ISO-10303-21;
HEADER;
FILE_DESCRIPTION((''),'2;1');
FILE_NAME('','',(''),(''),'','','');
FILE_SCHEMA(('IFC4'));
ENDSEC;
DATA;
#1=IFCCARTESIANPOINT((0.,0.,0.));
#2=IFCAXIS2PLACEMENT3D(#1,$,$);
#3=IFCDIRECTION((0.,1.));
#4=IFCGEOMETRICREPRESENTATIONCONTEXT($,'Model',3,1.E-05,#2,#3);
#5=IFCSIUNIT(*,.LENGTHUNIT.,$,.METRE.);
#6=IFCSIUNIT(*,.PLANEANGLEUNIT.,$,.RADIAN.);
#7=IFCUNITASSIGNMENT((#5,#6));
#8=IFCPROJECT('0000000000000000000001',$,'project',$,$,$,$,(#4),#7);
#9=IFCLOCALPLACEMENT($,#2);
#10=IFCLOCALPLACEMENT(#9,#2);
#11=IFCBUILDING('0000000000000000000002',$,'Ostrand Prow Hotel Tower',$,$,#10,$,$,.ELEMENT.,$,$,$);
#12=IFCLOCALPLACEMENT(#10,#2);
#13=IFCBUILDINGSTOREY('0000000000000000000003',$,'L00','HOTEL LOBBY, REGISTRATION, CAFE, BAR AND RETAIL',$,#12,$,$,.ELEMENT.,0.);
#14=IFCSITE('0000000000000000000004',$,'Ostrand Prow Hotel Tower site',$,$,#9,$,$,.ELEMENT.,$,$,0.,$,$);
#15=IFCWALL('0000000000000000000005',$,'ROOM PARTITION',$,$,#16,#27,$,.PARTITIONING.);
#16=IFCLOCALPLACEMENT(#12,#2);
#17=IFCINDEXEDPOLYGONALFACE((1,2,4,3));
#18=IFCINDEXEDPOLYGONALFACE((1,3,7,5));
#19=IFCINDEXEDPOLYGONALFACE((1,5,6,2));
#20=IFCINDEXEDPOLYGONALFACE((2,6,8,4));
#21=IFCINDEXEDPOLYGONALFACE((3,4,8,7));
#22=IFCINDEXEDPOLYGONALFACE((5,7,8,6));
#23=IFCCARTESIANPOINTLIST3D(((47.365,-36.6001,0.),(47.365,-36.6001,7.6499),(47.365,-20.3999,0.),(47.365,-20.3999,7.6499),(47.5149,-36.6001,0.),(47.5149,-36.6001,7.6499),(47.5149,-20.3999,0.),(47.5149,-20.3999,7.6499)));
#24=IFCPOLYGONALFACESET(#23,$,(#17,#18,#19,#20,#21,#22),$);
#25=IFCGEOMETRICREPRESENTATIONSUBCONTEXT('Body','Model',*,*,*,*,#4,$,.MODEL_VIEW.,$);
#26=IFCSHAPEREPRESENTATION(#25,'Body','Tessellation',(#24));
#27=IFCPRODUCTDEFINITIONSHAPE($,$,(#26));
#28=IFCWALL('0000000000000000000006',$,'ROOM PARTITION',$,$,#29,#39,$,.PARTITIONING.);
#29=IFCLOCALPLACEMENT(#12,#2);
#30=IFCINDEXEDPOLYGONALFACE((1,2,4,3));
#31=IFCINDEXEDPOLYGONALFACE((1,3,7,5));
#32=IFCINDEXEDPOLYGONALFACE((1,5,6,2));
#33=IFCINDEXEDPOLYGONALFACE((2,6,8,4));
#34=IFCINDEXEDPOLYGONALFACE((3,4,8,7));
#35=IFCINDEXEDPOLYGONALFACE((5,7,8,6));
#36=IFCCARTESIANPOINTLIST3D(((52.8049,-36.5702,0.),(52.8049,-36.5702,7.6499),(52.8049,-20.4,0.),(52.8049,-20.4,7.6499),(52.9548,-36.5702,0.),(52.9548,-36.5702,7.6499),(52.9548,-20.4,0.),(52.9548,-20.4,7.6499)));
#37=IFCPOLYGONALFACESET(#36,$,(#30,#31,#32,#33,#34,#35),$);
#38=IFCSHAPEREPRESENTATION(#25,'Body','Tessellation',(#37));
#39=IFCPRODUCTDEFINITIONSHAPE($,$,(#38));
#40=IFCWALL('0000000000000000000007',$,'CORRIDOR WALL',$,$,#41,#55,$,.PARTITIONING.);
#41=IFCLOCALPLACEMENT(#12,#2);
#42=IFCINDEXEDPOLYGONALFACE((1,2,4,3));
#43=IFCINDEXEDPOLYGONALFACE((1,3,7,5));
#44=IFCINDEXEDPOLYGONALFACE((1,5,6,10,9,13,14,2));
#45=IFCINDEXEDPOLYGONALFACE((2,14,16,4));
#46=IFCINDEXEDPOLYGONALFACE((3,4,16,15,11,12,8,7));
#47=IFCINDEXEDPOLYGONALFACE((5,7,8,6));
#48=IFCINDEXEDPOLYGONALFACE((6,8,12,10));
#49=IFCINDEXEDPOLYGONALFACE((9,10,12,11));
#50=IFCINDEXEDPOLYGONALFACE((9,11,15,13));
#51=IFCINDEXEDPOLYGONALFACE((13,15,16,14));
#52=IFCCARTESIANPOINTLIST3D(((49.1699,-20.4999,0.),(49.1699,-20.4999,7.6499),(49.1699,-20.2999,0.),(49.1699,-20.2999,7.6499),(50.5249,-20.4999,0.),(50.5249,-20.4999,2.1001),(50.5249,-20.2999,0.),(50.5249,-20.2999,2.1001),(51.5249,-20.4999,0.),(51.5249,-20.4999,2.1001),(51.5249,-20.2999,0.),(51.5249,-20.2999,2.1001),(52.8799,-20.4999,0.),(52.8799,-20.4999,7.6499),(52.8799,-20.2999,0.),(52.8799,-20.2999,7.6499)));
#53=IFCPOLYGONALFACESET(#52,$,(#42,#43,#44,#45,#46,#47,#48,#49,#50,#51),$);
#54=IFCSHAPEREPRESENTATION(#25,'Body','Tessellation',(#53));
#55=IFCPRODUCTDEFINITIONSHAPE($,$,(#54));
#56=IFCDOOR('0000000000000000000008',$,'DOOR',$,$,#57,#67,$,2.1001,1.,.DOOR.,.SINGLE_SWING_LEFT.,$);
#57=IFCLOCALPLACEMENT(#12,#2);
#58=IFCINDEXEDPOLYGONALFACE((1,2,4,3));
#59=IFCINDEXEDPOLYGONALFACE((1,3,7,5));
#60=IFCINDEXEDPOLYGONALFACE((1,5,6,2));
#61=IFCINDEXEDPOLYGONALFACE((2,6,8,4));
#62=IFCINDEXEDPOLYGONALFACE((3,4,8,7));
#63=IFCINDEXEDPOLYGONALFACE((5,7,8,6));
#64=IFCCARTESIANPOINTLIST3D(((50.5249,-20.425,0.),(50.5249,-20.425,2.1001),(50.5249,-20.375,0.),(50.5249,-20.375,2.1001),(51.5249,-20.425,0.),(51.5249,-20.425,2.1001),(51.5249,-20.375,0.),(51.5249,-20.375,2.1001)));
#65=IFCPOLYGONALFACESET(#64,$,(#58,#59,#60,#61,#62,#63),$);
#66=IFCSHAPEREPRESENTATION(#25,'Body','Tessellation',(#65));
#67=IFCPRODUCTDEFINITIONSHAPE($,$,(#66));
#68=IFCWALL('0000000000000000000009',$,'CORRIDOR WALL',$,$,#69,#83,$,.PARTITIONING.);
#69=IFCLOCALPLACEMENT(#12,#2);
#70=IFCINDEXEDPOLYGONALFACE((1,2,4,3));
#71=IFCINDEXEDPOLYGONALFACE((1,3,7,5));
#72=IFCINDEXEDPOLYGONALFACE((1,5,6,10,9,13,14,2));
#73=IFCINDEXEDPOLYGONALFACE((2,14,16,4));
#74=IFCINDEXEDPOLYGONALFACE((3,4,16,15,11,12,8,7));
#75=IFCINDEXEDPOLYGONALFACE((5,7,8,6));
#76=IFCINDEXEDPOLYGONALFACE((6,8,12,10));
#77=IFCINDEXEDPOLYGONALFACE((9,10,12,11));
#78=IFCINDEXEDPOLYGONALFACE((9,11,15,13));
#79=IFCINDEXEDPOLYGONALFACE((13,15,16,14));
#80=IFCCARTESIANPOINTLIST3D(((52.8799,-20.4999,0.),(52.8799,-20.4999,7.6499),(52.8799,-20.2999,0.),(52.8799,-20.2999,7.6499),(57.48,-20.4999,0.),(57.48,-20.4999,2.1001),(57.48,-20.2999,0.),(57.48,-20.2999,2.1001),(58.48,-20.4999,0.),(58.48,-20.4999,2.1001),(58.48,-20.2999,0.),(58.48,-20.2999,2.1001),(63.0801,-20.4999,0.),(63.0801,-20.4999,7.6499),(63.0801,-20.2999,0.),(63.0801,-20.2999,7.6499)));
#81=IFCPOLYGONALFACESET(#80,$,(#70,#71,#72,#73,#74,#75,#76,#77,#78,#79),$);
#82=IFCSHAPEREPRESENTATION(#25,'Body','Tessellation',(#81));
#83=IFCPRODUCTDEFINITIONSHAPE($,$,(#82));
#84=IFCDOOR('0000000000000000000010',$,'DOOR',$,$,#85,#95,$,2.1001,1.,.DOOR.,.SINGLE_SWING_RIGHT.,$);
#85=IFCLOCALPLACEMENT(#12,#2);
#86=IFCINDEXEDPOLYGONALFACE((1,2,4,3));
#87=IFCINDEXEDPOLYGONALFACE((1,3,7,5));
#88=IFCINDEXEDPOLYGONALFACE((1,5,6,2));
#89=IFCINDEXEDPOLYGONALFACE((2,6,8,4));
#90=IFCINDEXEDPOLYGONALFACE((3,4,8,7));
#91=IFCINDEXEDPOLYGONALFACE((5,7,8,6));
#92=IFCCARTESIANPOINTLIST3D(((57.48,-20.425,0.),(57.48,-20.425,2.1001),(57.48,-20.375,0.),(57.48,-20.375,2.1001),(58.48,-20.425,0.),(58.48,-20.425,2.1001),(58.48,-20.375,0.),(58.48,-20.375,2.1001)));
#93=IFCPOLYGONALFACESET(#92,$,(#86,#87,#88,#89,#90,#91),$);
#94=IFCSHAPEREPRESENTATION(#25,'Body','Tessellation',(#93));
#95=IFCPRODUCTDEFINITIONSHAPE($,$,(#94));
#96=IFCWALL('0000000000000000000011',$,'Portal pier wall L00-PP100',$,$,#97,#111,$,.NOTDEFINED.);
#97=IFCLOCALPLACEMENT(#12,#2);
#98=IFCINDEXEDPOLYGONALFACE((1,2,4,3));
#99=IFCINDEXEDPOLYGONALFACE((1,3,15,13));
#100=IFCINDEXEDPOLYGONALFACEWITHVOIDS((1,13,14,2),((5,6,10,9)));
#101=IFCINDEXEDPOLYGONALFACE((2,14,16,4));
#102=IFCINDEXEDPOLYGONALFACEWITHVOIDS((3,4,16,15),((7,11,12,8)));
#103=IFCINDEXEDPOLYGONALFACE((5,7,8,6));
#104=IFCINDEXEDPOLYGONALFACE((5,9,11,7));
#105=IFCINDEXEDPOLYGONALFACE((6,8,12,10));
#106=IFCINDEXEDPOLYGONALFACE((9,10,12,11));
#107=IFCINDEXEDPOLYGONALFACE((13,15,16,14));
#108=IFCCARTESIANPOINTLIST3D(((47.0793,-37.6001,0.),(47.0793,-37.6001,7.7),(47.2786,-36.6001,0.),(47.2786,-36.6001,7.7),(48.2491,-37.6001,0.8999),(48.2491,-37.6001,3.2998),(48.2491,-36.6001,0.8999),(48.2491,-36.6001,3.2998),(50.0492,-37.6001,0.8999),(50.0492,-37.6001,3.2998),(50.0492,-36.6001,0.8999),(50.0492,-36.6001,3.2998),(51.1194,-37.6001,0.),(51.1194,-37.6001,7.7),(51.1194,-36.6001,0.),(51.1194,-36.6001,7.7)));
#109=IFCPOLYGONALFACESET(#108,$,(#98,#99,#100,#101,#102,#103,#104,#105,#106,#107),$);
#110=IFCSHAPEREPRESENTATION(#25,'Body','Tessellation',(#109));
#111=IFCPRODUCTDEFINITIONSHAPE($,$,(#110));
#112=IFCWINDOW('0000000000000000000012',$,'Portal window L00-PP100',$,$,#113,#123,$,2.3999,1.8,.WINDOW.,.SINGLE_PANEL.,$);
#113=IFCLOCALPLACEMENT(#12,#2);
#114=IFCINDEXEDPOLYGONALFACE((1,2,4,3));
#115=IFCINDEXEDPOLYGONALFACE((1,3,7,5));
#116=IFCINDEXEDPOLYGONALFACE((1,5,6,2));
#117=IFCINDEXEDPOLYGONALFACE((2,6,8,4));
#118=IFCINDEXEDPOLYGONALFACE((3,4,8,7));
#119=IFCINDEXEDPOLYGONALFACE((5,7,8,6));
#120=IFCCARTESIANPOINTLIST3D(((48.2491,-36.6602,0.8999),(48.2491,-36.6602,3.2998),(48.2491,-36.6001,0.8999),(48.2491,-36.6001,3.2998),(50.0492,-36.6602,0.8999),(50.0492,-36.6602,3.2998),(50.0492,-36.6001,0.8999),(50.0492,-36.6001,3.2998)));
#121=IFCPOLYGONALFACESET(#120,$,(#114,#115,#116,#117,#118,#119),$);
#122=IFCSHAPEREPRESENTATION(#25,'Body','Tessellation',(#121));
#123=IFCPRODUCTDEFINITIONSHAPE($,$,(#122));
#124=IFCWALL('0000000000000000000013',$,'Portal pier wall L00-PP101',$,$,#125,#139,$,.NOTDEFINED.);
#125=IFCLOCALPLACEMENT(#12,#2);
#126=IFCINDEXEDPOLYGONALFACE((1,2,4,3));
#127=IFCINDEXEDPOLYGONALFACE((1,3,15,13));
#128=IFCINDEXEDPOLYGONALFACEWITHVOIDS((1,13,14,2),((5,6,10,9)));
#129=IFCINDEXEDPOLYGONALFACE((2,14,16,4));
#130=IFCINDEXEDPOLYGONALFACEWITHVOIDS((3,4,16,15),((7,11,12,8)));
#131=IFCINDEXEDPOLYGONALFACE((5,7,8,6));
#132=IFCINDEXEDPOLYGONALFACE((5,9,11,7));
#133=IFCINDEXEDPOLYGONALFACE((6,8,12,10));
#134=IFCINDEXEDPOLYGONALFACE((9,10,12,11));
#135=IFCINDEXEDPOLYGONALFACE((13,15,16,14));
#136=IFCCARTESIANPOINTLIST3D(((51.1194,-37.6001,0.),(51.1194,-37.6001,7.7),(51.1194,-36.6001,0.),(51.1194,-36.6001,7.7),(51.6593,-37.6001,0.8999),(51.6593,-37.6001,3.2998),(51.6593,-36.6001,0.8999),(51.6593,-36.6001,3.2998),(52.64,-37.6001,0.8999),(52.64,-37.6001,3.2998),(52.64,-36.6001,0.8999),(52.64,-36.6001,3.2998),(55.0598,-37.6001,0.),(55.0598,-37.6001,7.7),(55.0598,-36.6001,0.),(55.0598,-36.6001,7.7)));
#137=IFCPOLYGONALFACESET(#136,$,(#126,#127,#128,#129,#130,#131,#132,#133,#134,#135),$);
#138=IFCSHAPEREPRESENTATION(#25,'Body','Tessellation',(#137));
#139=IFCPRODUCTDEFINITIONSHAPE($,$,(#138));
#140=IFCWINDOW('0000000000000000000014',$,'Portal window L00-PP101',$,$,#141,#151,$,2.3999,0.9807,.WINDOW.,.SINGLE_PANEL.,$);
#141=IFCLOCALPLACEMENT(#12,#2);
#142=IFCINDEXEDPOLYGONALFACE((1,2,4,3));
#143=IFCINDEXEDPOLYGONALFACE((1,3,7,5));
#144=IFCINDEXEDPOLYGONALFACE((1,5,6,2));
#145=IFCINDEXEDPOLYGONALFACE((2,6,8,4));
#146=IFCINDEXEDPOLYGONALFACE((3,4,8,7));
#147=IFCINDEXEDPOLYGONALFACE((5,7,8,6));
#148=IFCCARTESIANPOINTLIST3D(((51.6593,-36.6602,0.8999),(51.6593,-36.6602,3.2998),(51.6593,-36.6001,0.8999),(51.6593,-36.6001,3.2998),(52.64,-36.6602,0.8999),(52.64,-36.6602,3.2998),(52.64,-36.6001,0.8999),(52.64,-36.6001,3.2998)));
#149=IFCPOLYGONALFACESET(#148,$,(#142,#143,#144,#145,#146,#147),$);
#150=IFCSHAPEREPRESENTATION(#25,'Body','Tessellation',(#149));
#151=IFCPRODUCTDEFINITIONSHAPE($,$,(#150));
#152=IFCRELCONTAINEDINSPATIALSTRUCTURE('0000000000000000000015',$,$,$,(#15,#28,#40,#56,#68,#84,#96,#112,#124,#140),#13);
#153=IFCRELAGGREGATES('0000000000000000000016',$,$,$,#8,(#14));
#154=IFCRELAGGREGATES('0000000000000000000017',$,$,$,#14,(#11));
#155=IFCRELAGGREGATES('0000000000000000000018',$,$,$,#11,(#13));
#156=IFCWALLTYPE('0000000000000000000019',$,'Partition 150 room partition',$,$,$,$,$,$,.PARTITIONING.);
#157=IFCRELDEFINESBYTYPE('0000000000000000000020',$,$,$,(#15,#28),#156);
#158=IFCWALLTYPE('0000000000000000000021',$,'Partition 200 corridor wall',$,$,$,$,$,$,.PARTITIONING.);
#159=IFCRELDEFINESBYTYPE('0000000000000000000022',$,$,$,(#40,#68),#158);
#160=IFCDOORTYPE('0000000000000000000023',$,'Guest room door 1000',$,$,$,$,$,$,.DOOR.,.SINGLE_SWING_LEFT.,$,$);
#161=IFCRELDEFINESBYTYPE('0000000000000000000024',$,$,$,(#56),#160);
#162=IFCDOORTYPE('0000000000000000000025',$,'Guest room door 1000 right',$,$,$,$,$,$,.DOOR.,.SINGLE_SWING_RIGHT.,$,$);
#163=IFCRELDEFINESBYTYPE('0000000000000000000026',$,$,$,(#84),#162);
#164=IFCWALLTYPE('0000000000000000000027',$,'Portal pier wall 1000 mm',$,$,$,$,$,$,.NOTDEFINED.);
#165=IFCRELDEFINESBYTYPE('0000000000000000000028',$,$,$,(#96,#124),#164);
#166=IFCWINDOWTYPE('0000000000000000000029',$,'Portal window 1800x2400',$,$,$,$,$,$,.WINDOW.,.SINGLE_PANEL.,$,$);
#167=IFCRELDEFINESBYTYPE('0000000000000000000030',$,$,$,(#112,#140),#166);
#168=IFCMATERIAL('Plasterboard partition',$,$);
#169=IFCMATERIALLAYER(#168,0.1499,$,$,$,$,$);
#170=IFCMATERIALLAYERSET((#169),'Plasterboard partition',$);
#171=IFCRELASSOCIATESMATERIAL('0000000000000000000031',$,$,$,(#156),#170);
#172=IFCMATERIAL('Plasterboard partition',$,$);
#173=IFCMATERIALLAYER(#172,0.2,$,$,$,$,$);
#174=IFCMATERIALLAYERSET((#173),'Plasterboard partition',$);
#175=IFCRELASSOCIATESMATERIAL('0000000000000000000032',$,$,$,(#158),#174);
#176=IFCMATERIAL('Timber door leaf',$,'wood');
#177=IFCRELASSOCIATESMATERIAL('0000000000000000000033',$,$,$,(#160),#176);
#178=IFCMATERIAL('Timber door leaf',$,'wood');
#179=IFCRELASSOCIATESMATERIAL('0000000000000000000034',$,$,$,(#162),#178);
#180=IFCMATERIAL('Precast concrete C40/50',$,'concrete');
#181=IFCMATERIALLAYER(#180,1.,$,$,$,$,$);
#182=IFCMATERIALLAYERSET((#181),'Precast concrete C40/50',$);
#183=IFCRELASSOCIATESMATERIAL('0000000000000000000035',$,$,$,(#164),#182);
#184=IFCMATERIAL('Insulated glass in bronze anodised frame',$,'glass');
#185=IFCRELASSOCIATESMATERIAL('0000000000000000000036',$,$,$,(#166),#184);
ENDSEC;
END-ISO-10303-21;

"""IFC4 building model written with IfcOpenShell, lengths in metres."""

from ifc_helpers import new_model, si_unit, direction, frame, frame_2d, origin, place, context, subcontext, project, spatial, polyline, rectangle, outline, extrude, material, layer, layer_set, type_object, element, fill, save


model = new_model("IFC4")

# Units and contexts
model_context = context("Model", 3, precision=1e-05, world=origin(), true_north=direction((0.0, 1.0)))
body_context = subcontext(model_context, "Body", "Model", "MODEL_VIEW")
ifc_project = project(units=[si_unit("LENGTHUNIT", "METRE"), si_unit("PLANEANGLEUNIT", "RADIAN")], contexts=[model_context])

# Site, building, storey
site_placement = place(None, origin())
site = spatial("IfcSite", under=ifc_project, at=site_placement, Name="Ostrand Prow Hotel Tower site", CompositionType="ELEMENT", RefElevation=0.0)
building_placement = place(site_placement, origin())
building = spatial("IfcBuilding", under=site, at=building_placement, Name="Ostrand Prow Hotel Tower", CompositionType="ELEMENT")
storey_placement = place(building_placement, origin())
storey = spatial("IfcBuildingStorey", under=building, at=storey_placement, Name="L00", Description="HOTEL LOBBY, REGISTRATION, CAFE, BAR AND RETAIL", CompositionType="ELEMENT", Elevation=0.0)

# Walls
ifc_material_1 = material(Name="Plasterboard partition")
ifc_layer_1 = layer(ifc_material_1, 0.1499)
ifc_layer_set_1 = layer_set([ifc_layer_1], Name="Plasterboard partition")
wall_type_1 = type_object("IfcWallType", Name="Partition 150 room partition", PredefinedType="PARTITIONING", material=ifc_layer_set_1)
wall_1_placement = place(storey_placement, frame((47.4399, -36.6001, 0.0), z_axis=(0.0, 0.0, 1.0), x_axis=(0.0, 1.0, 0.0)))
element("IfcWall", 1, at=wall_1_placement, inside=storey, type_object=wall_type_1, Name="ROOM PARTITION", PredefinedType="PARTITIONING", context=body_context, shape_type="SweptSolid", body=[
    extrude(rectangle(XDim=16.2002, YDim=0.1499, at=frame_2d((8.1001, 0.0))), origin(), (0.0, 0.0, 1.0), 7.6499),
])
wall_2_placement = place(storey_placement, frame((52.8799, -36.5701, 0.0), z_axis=(0.0, 0.0, 1.0), x_axis=(0.0, 1.0, 0.0)))
element("IfcWall", 2, at=wall_2_placement, inside=storey, type_object=wall_type_1, Name="ROOM PARTITION", PredefinedType="PARTITIONING", context=body_context, shape_type="SweptSolid", body=[
    extrude(rectangle(XDim=16.1702, YDim=0.1499, at=frame_2d((8.085, 0.0))), origin(), (0.0, 0.0, 1.0), 7.6499),
])

# Walls, openings, doors
ifc_material_2 = material(Name="Plasterboard partition")
ifc_layer_2 = layer(ifc_material_2, 0.2)
ifc_layer_set_2 = layer_set([ifc_layer_2], Name="Plasterboard partition")
wall_type_2 = type_object("IfcWallType", Name="Partition 200 corridor wall", PredefinedType="PARTITIONING", material=ifc_layer_set_2)
wall_3_placement = place(storey_placement, frame((49.1699, -20.3999, 0.0), z_axis=(0.0, 0.0, 1.0), x_axis=(1.0, 0.0, 0.0)))
wall_3 = element("IfcWall", 3, at=wall_3_placement, inside=storey, type_object=wall_type_2, Name="CORRIDOR WALL", PredefinedType="PARTITIONING", context=body_context, shape_type="SweptSolid", body=[
    extrude(rectangle(XDim=3.71, YDim=0.2, at=frame_2d((1.855, 0.0))), origin(), (0.0, 0.0, 1.0), 7.6499),
])
opening_1_placement = place(wall_3_placement, frame((1.355, 0.0, 0.0)))
opening_1 = element("IfcOpeningElement", 4, at=opening_1_placement, cuts=wall_3, PredefinedType="OPENING", context=body_context, shape_type="SweptSolid", body=[
    extrude(rectangle(XDim=1.0, YDim=2.1001, at=frame_2d((0.5, 1.05))), frame((0.0, 0.1099, 0.0), z_axis=(0.0, -1.0, 0.0), x_axis=(1.0, 0.0, 0.0)), (0.0, 0.0, 1.0), 0.22),
])
ifc_material_3 = material(Name="Timber door leaf", Category="wood")
door_type_1 = type_object("IfcDoorType", Name="Guest room door 1000", OperationType="SINGLE_SWING_LEFT", PredefinedType="DOOR", material=ifc_material_3)
door_1_placement = place(opening_1_placement, origin())
door_1 = element("IfcDoor", 5, at=door_1_placement, inside=storey, type_object=door_type_1, Name="DOOR", OperationType="SINGLE_SWING_LEFT", OverallHeight=2.1001, OverallWidth=1.0, PredefinedType="DOOR", context=body_context, shape_type="SweptSolid", body=[
    extrude(rectangle(XDim=1.0, YDim=2.1001, at=frame_2d((0.5, 1.05))), frame((0.0, 0.0249, 0.0), z_axis=(0.0, -1.0, 0.0), x_axis=(1.0, 0.0, 0.0)), (0.0, 0.0, 1.0), 0.05),
])
fill(opening_1, door_1)
wall_4_placement = place(storey_placement, frame((52.8799, -20.3999, 0.0), z_axis=(0.0, 0.0, 1.0), x_axis=(1.0, 0.0, 0.0)))
wall_4 = element("IfcWall", 6, at=wall_4_placement, inside=storey, type_object=wall_type_2, Name="CORRIDOR WALL", PredefinedType="PARTITIONING", context=body_context, shape_type="SweptSolid", body=[
    extrude(rectangle(XDim=10.2002, YDim=0.2, at=frame_2d((5.1001, 0.0))), origin(), (0.0, 0.0, 1.0), 7.6499),
])
opening_2_placement = place(wall_4_placement, frame((4.6001, 0.0, 0.0)))
opening_2 = element("IfcOpeningElement", 7, at=opening_2_placement, cuts=wall_4, PredefinedType="OPENING", context=body_context, shape_type="SweptSolid", body=[
    extrude(rectangle(XDim=1.0, YDim=2.1001, at=frame_2d((0.5, 1.05))), frame((0.0, 0.1099, 0.0), z_axis=(0.0, -1.0, 0.0), x_axis=(1.0, 0.0, 0.0)), (0.0, 0.0, 1.0), 0.22),
])
ifc_material_4 = material(Name="Timber door leaf", Category="wood")
door_type_2 = type_object("IfcDoorType", Name="Guest room door 1000 right", OperationType="SINGLE_SWING_RIGHT", PredefinedType="DOOR", material=ifc_material_4)
door_2_placement = place(opening_2_placement, origin())
door_2 = element("IfcDoor", 8, at=door_2_placement, inside=storey, type_object=door_type_2, Name="DOOR", OperationType="SINGLE_SWING_RIGHT", OverallHeight=2.1001, OverallWidth=1.0, PredefinedType="DOOR", context=body_context, shape_type="SweptSolid", body=[
    extrude(rectangle(XDim=1.0, YDim=2.1001, at=frame_2d((0.5, 1.05))), frame((0.0, 0.0249, 0.0), z_axis=(0.0, -1.0, 0.0), x_axis=(1.0, 0.0, 0.0)), (0.0, 0.0, 1.0), 0.05),
])
fill(opening_2, door_2)

# Walls, openings, windows
ifc_material_5 = material(Name="Precast concrete C40/50", Category="concrete")
ifc_layer_3 = layer(ifc_material_5, 1.0)
ifc_layer_set_3 = layer_set([ifc_layer_3], Name="Precast concrete C40/50")
wall_type_3 = type_object("IfcWallType", Name="Portal pier wall 1000 mm", PredefinedType="NOTDEFINED", material=ifc_layer_set_3)
wall_5_placement = place(storey_placement, frame((47.179, -37.1001, 0.0), z_axis=(0.0, 0.0, 1.0), x_axis=(1.0, 0.0, 0.0)))
wall_5 = element("IfcWall", 9, at=wall_5_placement, inside=storey, type_object=wall_type_3, Name="Portal pier wall L00-PP100", PredefinedType="NOTDEFINED", context=body_context, shape_type="SweptSolid", body=[
    extrude(outline(polyline([(-0.0996, -0.5), (3.9404, -0.5), (3.9404, 0.5), (0.0996, 0.5), (-0.0996, -0.5)])), origin(), (0.0, 0.0, 1.0), 7.7),
])
opening_3_placement = place(wall_5_placement, frame((1.0703, 0.0, 0.8999)))
opening_3 = element("IfcOpeningElement", 10, at=opening_3_placement, cuts=wall_5, PredefinedType="OPENING", context=body_context, shape_type="SweptSolid", body=[
    extrude(rectangle(XDim=1.8, YDim=2.3999, at=frame_2d((0.8999, 1.2))), frame((0.0, 0.51, 0.0), z_axis=(0.0, -1.0, 0.0), x_axis=(1.0, 0.0, 0.0)), (0.0, 0.0, 1.0), 1.02),
])
ifc_material_6 = material(Name="Insulated glass in bronze anodised frame", Category="glass")
window_type = type_object("IfcWindowType", Name="Portal window 1800x2400", PartitioningType="SINGLE_PANEL", PredefinedType="WINDOW", material=ifc_material_6)
window_1_placement = place(opening_3_placement, origin())
window_1 = element("IfcWindow", 11, at=window_1_placement, inside=storey, type_object=window_type, Name="Portal window L00-PP100", OverallHeight=2.3999, OverallWidth=1.8, PartitioningType="SINGLE_PANEL", PredefinedType="WINDOW", context=body_context, shape_type="SweptSolid", body=[
    extrude(rectangle(XDim=1.8, YDim=2.3999, at=frame_2d((0.8999, 1.2))), frame((0.0, 0.5, 0.0), z_axis=(0.0, -1.0, 0.0), x_axis=(1.0, 0.0, 0.0)), (0.0, 0.0, 1.0), 0.0601),
])
fill(opening_3, window_1)
wall_6_placement = place(storey_placement, frame((51.1194, -37.1001, 0.0), z_axis=(0.0, 0.0, 1.0), x_axis=(1.0, 0.0, 0.0)))
wall_6 = element("IfcWall", 12, at=wall_6_placement, inside=storey, type_object=wall_type_3, Name="Portal pier wall L00-PP101", PredefinedType="NOTDEFINED", context=body_context, shape_type="SweptSolid", body=[
    extrude(outline(polyline([(0.0, -0.5), (3.9404, -0.5), (3.9404, 0.5), (0.0, 0.5), (0.0, -0.5)])), origin(), (0.0, 0.0, 1.0), 7.7),
])
opening_4_placement = place(wall_6_placement, frame((0.54, 0.0, 0.8999)))
opening_4 = element("IfcOpeningElement", 13, at=opening_4_placement, cuts=wall_6, PredefinedType="OPENING", context=body_context, shape_type="SweptSolid", body=[
    extrude(rectangle(XDim=0.9807, YDim=2.3999, at=frame_2d((0.4902, 1.2))), frame((0.0, 0.51, 0.0), z_axis=(0.0, -1.0, 0.0), x_axis=(1.0, 0.0, 0.0)), (0.0, 0.0, 1.0), 1.02),
])
window_2_placement = place(opening_4_placement, origin())
window_2 = element("IfcWindow", 14, at=window_2_placement, inside=storey, type_object=window_type, Name="Portal window L00-PP101", OverallHeight=2.3999, OverallWidth=0.9807, PartitioningType="SINGLE_PANEL", PredefinedType="WINDOW", context=body_context, shape_type="SweptSolid", body=[
    extrude(rectangle(XDim=0.9807, YDim=2.3999, at=frame_2d((0.4902, 1.2))), frame((0.0, 0.5, 0.0), z_axis=(0.0, -1.0, 0.0), x_axis=(1.0, 0.0, 0.0)), (0.0, 0.0, 1.0), 0.0601),
])
fill(opening_4, window_2)

save(model, "model.ifc")
